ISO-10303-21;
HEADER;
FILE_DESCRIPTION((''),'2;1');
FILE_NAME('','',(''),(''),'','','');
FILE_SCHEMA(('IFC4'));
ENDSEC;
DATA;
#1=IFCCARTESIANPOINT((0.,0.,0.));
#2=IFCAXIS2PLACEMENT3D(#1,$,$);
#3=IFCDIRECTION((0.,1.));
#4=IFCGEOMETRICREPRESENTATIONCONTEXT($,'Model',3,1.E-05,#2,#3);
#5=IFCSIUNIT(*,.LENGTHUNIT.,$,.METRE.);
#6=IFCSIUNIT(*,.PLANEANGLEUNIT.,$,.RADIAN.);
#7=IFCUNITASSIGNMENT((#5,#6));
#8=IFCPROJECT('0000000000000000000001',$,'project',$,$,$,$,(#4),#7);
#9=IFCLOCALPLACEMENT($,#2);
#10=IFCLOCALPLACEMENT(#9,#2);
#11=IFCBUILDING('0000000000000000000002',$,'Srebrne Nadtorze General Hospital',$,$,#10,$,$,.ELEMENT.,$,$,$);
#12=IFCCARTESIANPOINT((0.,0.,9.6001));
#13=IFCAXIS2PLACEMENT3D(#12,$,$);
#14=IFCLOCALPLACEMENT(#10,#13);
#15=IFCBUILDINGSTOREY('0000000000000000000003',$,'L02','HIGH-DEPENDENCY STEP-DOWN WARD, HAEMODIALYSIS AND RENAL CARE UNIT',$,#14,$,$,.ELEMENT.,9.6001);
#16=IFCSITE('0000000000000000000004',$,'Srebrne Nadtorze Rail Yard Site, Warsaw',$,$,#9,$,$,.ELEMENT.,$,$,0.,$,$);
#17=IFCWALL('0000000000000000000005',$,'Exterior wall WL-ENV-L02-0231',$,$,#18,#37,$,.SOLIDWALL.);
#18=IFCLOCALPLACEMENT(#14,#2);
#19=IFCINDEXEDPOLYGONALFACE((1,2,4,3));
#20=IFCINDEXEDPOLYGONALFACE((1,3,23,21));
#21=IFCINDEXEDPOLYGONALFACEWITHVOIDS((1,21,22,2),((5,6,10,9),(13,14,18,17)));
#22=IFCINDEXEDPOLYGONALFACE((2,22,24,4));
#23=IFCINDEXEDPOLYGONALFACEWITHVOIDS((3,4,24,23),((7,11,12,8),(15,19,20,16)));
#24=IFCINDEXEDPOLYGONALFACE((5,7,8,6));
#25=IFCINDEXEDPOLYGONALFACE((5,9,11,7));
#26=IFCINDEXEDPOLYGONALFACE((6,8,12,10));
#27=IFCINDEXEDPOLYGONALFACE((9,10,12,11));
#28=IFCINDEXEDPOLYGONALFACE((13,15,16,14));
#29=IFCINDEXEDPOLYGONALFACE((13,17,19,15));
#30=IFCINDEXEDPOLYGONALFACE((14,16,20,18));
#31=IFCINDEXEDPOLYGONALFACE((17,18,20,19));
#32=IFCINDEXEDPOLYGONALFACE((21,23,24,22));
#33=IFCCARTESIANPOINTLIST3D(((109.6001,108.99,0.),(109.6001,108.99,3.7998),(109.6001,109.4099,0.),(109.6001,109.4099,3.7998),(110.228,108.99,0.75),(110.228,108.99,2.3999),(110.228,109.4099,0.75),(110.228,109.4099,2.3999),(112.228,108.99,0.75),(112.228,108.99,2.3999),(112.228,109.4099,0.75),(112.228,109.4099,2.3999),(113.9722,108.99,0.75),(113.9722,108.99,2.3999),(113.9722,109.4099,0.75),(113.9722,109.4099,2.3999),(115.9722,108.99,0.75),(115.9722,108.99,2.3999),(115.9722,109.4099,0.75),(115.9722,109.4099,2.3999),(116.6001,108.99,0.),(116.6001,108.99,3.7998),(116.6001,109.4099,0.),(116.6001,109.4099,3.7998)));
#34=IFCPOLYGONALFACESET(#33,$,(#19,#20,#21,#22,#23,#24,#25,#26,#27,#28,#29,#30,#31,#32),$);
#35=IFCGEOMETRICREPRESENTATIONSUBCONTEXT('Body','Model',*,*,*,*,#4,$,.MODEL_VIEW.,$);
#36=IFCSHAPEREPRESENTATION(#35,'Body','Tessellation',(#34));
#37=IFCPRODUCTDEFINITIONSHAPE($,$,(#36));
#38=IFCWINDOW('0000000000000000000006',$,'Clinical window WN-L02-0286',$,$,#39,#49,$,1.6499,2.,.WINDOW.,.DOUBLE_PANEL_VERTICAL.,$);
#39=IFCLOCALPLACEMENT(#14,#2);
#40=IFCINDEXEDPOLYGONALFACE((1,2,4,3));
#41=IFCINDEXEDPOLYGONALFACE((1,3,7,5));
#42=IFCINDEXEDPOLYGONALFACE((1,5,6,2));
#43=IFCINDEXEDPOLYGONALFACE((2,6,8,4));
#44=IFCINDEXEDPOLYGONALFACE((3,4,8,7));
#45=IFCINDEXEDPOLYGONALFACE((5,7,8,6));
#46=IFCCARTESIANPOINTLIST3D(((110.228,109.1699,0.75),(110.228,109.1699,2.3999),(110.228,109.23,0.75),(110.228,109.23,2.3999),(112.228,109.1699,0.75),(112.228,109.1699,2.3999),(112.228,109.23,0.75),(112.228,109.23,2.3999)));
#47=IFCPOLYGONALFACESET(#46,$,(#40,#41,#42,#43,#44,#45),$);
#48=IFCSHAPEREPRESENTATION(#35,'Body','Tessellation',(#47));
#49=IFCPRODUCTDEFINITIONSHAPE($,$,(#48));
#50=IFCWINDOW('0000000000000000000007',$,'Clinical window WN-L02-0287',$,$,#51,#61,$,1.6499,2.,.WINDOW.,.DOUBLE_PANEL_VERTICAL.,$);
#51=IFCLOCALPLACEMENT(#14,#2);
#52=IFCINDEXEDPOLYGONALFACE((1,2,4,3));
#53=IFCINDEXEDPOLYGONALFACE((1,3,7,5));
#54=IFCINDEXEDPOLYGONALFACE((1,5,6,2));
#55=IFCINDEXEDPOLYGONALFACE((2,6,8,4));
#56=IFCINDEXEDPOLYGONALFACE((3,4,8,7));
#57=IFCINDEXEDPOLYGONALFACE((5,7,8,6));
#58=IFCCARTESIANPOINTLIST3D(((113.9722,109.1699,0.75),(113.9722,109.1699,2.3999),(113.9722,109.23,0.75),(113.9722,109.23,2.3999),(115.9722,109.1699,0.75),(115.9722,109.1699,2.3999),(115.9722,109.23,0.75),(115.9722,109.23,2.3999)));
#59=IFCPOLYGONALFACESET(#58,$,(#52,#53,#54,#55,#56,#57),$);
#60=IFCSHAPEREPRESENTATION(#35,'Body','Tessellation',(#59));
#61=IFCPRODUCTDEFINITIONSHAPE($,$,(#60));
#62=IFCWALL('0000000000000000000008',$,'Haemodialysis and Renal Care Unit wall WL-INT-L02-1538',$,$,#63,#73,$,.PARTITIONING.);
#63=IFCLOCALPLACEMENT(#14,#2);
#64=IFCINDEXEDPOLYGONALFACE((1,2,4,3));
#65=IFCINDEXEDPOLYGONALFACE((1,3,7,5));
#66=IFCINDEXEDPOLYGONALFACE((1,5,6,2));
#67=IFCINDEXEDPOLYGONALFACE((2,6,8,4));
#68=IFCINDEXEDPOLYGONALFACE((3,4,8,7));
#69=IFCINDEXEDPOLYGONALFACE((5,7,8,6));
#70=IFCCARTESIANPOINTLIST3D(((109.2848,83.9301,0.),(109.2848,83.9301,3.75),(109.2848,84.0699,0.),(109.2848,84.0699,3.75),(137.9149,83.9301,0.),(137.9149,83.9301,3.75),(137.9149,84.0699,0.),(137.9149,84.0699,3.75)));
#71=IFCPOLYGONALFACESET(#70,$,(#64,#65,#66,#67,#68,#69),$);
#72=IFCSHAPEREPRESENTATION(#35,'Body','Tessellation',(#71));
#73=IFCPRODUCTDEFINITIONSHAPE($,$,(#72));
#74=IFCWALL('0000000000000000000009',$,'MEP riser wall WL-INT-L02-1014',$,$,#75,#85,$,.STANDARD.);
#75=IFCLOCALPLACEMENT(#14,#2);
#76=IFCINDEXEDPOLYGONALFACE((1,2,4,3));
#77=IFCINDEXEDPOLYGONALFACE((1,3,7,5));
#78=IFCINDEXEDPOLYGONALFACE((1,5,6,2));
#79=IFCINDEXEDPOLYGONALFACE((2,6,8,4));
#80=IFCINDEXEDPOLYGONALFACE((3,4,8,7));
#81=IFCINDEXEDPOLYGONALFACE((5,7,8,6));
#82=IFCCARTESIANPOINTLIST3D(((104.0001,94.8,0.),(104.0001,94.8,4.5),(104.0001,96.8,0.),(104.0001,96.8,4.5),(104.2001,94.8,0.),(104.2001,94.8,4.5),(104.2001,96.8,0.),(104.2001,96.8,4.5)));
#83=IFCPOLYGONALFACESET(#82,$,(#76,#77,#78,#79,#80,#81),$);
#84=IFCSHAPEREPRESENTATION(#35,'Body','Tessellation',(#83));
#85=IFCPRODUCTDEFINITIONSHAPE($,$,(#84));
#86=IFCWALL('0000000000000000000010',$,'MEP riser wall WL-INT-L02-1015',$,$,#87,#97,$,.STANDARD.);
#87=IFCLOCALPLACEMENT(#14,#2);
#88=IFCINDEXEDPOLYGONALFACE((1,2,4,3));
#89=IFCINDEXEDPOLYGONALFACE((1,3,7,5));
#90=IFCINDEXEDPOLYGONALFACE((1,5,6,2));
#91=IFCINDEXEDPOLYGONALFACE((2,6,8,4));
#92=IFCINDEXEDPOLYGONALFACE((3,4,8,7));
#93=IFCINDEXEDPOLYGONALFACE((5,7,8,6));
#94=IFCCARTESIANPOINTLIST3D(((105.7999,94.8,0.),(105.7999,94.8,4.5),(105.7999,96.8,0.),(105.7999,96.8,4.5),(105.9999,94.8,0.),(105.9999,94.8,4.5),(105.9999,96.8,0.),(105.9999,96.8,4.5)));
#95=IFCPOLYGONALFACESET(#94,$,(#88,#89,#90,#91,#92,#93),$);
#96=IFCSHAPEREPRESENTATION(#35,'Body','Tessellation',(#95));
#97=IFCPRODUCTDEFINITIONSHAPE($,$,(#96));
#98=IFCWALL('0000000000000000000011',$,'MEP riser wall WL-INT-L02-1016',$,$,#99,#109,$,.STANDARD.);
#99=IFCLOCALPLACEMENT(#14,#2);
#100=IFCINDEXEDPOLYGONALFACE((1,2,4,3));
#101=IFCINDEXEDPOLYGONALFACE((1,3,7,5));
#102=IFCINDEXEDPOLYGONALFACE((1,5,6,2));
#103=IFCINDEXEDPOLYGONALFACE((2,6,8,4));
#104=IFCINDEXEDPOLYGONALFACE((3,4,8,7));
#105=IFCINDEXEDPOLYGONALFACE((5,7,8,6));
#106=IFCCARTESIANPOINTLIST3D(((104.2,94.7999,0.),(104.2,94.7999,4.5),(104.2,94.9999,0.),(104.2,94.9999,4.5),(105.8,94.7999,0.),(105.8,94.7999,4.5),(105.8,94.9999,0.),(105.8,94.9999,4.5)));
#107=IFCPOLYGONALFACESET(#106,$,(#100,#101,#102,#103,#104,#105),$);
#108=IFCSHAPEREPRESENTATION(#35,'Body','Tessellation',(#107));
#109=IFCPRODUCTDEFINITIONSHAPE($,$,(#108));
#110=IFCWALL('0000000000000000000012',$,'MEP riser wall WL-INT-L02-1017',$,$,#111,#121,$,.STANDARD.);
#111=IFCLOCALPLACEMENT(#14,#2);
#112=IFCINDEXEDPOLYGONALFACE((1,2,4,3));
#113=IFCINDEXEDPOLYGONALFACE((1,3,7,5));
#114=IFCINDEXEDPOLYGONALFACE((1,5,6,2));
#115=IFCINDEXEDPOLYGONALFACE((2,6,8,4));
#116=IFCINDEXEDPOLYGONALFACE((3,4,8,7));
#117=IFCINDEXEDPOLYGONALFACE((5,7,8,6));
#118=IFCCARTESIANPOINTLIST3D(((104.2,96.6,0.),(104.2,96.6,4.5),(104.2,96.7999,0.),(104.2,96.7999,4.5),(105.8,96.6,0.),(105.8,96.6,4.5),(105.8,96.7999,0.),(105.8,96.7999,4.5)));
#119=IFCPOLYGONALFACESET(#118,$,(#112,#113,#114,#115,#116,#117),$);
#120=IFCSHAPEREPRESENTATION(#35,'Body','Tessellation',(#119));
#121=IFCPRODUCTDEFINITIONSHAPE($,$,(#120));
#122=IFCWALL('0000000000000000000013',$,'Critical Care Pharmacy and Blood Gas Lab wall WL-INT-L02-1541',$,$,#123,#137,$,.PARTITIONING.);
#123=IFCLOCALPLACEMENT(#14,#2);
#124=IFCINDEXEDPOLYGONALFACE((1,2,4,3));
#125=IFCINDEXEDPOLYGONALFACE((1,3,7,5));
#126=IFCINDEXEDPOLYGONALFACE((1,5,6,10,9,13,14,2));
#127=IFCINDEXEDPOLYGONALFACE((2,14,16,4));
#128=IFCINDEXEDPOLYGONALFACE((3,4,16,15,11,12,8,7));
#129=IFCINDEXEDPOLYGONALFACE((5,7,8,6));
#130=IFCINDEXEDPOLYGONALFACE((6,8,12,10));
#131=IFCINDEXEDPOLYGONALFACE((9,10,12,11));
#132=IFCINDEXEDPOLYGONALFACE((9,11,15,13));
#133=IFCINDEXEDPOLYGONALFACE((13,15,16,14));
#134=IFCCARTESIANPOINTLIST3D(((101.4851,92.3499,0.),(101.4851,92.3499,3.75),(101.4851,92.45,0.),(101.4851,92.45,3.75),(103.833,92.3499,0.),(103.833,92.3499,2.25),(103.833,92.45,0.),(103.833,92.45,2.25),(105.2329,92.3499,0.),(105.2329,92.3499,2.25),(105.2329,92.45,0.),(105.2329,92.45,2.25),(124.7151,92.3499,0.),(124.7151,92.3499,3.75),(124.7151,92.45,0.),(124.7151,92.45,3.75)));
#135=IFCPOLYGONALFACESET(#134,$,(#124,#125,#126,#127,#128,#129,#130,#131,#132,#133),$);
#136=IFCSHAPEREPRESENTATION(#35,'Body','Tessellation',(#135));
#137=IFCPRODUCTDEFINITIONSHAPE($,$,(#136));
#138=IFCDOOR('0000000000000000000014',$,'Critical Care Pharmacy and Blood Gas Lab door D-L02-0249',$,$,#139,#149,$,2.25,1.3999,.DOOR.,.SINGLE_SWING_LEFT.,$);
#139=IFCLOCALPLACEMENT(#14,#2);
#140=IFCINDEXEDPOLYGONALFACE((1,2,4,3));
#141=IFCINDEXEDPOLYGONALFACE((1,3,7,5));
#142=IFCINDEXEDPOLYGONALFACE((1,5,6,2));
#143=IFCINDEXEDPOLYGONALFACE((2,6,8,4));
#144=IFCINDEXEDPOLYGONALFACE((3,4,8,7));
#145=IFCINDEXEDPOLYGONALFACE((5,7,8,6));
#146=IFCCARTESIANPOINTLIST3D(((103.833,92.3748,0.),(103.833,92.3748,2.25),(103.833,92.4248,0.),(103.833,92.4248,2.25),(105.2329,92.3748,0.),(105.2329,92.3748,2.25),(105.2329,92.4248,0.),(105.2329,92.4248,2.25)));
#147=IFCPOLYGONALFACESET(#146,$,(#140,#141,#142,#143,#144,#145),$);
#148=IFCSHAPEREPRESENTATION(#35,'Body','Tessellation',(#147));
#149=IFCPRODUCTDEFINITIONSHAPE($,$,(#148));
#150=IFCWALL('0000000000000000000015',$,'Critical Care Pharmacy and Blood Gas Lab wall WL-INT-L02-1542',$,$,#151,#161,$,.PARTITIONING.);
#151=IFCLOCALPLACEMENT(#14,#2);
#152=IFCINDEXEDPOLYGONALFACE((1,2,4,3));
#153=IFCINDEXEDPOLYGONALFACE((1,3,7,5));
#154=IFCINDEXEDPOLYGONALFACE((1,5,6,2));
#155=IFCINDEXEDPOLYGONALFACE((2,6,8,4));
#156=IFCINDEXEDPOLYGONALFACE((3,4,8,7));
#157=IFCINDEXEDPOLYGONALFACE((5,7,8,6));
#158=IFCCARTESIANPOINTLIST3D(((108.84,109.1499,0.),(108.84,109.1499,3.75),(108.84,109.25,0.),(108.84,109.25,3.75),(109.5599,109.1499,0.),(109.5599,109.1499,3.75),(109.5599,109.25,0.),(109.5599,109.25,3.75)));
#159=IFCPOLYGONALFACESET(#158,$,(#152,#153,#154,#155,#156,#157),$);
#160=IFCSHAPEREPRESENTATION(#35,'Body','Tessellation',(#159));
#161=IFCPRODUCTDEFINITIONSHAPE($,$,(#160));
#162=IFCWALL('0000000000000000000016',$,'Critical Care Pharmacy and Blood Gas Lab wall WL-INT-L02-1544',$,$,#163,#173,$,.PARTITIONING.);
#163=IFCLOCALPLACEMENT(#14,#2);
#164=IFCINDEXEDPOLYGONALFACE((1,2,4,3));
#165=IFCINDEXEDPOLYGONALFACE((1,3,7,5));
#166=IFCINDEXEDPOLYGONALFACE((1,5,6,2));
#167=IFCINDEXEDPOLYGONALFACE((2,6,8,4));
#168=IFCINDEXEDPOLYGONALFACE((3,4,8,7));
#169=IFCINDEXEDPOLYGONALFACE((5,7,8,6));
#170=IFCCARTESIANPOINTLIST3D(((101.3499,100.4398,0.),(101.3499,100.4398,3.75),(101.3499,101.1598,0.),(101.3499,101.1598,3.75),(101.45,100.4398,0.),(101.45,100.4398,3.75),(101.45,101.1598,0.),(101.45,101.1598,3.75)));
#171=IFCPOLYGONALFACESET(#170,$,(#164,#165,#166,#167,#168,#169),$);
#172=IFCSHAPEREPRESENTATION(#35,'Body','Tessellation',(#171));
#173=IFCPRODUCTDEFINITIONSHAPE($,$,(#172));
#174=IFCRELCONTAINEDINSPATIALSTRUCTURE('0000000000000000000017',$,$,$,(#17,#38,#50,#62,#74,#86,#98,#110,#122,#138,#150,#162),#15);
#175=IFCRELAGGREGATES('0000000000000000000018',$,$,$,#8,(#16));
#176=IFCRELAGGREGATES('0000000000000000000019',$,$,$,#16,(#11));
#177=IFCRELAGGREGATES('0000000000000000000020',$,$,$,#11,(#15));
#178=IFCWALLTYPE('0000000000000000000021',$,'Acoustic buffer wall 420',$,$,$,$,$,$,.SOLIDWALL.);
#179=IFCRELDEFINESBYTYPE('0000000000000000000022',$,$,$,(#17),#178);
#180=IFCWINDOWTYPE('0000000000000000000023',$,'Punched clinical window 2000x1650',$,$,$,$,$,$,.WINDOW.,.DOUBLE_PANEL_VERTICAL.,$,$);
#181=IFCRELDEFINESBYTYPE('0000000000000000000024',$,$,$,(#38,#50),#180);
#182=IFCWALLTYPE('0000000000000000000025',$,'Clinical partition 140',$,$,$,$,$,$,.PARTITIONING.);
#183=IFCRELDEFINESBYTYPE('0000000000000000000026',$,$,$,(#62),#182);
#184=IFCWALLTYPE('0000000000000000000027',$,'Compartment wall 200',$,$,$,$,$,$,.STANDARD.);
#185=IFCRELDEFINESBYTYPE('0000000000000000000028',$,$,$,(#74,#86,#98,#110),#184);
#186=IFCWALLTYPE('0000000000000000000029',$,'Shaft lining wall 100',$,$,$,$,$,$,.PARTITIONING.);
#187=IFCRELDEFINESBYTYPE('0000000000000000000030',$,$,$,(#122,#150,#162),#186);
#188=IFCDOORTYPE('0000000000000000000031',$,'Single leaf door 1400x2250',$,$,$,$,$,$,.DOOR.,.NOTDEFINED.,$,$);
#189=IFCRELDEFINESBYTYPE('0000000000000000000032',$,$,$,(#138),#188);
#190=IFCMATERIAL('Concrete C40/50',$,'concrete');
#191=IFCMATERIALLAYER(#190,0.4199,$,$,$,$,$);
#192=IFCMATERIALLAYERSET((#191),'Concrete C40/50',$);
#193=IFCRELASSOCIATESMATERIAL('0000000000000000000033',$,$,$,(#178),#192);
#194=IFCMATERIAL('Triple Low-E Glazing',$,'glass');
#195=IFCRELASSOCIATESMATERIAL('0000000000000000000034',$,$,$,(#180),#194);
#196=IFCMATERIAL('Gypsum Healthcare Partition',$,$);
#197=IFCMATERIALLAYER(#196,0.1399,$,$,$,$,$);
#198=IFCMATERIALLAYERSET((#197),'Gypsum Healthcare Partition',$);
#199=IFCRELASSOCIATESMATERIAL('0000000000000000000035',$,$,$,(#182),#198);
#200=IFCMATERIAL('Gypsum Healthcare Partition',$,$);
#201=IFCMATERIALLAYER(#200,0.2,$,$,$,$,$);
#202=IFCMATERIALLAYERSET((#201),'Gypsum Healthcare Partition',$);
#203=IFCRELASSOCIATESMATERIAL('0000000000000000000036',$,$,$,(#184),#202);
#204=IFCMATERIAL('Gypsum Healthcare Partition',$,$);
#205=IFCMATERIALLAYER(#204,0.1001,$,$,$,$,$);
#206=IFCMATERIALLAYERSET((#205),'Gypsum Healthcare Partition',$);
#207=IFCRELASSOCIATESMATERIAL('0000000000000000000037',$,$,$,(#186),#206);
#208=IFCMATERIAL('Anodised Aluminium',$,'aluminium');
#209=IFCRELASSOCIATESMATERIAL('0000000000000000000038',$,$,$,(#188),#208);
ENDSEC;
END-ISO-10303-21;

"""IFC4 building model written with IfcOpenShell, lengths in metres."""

from ifc_helpers import new_model, si_unit, direction, frame, frame_2d, origin, place, context, subcontext, project, spatial, rectangle, extrude, material, layer, layer_set, type_object, element, fill, save


model = new_model("IFC4")

# Units and contexts
model_context = context("Model", 3, precision=1e-05, world=origin(), true_north=direction((0.0, 1.0)))
body_context = subcontext(model_context, "Body", "Model", "MODEL_VIEW")
ifc_project = project(units=[si_unit("LENGTHUNIT", "METRE"), si_unit("PLANEANGLEUNIT", "RADIAN")], contexts=[model_context])

# Site, building, storey
site_placement = place(None, origin())
site = spatial("IfcSite", under=ifc_project, at=site_placement, Name="Srebrne Nadtorze Rail Yard Site, Warsaw", CompositionType="ELEMENT", RefElevation=0.0)
building_placement = place(site_placement, origin())
building = spatial("IfcBuilding", under=site, at=building_placement, Name="Srebrne Nadtorze General Hospital", CompositionType="ELEMENT")
storey_placement = place(building_placement, frame((0.0, 0.0, 9.6001)))
storey = spatial("IfcBuildingStorey", under=building, at=storey_placement, Name="L02", Description="HIGH-DEPENDENCY STEP-DOWN WARD, HAEMODIALYSIS AND RENAL CARE UNIT", CompositionType="ELEMENT", Elevation=9.6001)

# Wall, openings, windows
ifc_material_1 = material(Name="Concrete C40/50", Category="concrete")
ifc_layer_1 = layer(ifc_material_1, 0.4199)
ifc_layer_set_1 = layer_set([ifc_layer_1], Name="Concrete C40/50")
wall_type_1 = type_object("IfcWallType", Name="Acoustic buffer wall 420", PredefinedType="SOLIDWALL", material=ifc_layer_set_1)
wall_1_placement = place(storey_placement, frame((109.6001, 109.2, 0.0), z_axis=(0.0, 0.0, 1.0), x_axis=(1.0, 0.0, 0.0)))
wall_1 = element("IfcWall", 1, at=wall_1_placement, inside=storey, type_object=wall_type_1, Name="Exterior wall WL-ENV-L02-0231", PredefinedType="SOLIDWALL", context=body_context, shape_type="SweptSolid", body=[
    extrude(rectangle(XDim=7.0, YDim=0.4199, at=frame_2d((3.5, 0.0))), origin(), (0.0, 0.0, 1.0), 3.7998),
])
opening_1_placement = place(wall_1_placement, frame((0.6279, 0.0, 0.75)))
opening_1 = element("IfcOpeningElement", 2, at=opening_1_placement, cuts=wall_1, PredefinedType="OPENING", context=body_context, shape_type="SweptSolid", body=[
    extrude(rectangle(XDim=2.0, YDim=1.6499, at=frame_2d((1.0, 0.825))), frame((0.0, 0.2219, 0.0), z_axis=(0.0, -1.0, 0.0), x_axis=(1.0, 0.0, 0.0)), (0.0, 0.0, 1.0), 0.4438),
])
opening_2_placement = place(wall_1_placement, frame((4.3721, 0.0, 0.75)))
opening_2 = element("IfcOpeningElement", 3, at=opening_2_placement, cuts=wall_1, PredefinedType="OPENING", context=body_context, shape_type="SweptSolid", body=[
    extrude(rectangle(XDim=2.0, YDim=1.6499, at=frame_2d((1.0, 0.825))), frame((0.0, 0.2219, 0.0), z_axis=(0.0, -1.0, 0.0), x_axis=(1.0, 0.0, 0.0)), (0.0, 0.0, 1.0), 0.4438),
])
ifc_material_2 = material(Name="Triple Low-E Glazing", Category="glass")
window_type_1 = type_object("IfcWindowType", Name="Punched clinical window 2000x1650", PartitioningType="DOUBLE_PANEL_VERTICAL", PredefinedType="WINDOW", material=ifc_material_2)
window_1_placement = place(opening_1_placement, origin())
window_1 = element("IfcWindow", 4, at=window_1_placement, inside=storey, type_object=window_type_1, Name="Clinical window WN-L02-0286", OverallHeight=1.6499, OverallWidth=2.0, PartitioningType="DOUBLE_PANEL_VERTICAL", PredefinedType="WINDOW", context=body_context, shape_type="SweptSolid", body=[
    extrude(rectangle(XDim=2.0, YDim=1.6499, at=frame_2d((1.0, 0.825))), frame((0.0, 0.03, 0.0), z_axis=(0.0, -1.0, 0.0), x_axis=(1.0, 0.0, 0.0)), (0.0, 0.0, 1.0), 0.0601),
])
fill(opening_1, window_1)
window_2_placement = place(opening_2_placement, origin())
window_2 = element("IfcWindow", 5, at=window_2_placement, inside=storey, type_object=window_type_1, Name="Clinical window WN-L02-0287", OverallHeight=1.6499, OverallWidth=2.0, PartitioningType="DOUBLE_PANEL_VERTICAL", PredefinedType="WINDOW", context=body_context, shape_type="SweptSolid", body=[
    extrude(rectangle(XDim=2.0, YDim=1.6499, at=frame_2d((1.0, 0.825))), frame((0.0, 0.03, 0.0), z_axis=(0.0, -1.0, 0.0), x_axis=(1.0, 0.0, 0.0)), (0.0, 0.0, 1.0), 0.0601),
])
fill(opening_2, window_2)

# Walls
ifc_material_3 = material(Name="Gypsum Healthcare Partition")
ifc_layer_2 = layer(ifc_material_3, 0.1399)
ifc_layer_set_2 = layer_set([ifc_layer_2], Name="Gypsum Healthcare Partition")
wall_type_2 = type_object("IfcWallType", Name="Clinical partition 140", PredefinedType="PARTITIONING", material=ifc_layer_set_2)
wall_2_placement = place(storey_placement, frame((109.2849, 84.0, 0.0), z_axis=(0.0, 0.0, 1.0), x_axis=(1.0, 0.0, 0.0)))
element("IfcWall", 6, at=wall_2_placement, inside=storey, type_object=wall_type_2, Name="Haemodialysis and Renal Care Unit wall WL-INT-L02-1538", PredefinedType="PARTITIONING", context=body_context, shape_type="SweptSolid", body=[
    extrude(rectangle(XDim=28.6301, YDim=0.1399, at=frame_2d((14.3149, 0.0))), origin(), (0.0, 0.0, 1.0), 3.75),
])
ifc_material_4 = material(Name="Gypsum Healthcare Partition")
ifc_layer_3 = layer(ifc_material_4, 0.2)
ifc_layer_set_3 = layer_set([ifc_layer_3], Name="Gypsum Healthcare Partition")
wall_type_3 = type_object("IfcWallType", Name="Compartment wall 200", PredefinedType="STANDARD", material=ifc_layer_set_3)
for number, where, z_axis, x_axis, name in (
    (7, (104.1001, 94.8, 0.0), (0.0, 0.0, 1.0), (0.0, 1.0, 0.0), "MEP riser wall WL-INT-L02-1014"),
    (8, (105.8999, 94.8, 0.0), (0.0, 0.0, 1.0), (0.0, 1.0, 0.0), "MEP riser wall WL-INT-L02-1015"),
):
    element("IfcWall", number, at=place(storey_placement, frame(where, z_axis=z_axis, x_axis=x_axis)), inside=storey, type_object=wall_type_3, Name=name, PredefinedType="STANDARD", context=body_context, shape_type="SweptSolid", body=[
        extrude(rectangle(XDim=2.0, YDim=0.2, at=frame_2d((1.0, 0.0))), origin(), (0.0, 0.0, 1.0), 4.5),
    ])
for number, where, z_axis, x_axis, name in (
    (9, (104.2, 94.8999, 0.0), (0.0, 0.0, 1.0), (1.0, 0.0, 0.0), "MEP riser wall WL-INT-L02-1016"),
    (10, (104.2, 96.7, 0.0), (0.0, 0.0, 1.0), (1.0, 0.0, 0.0), "MEP riser wall WL-INT-L02-1017"),
):
    element("IfcWall", number, at=place(storey_placement, frame(where, z_axis=z_axis, x_axis=x_axis)), inside=storey, type_object=wall_type_3, Name=name, PredefinedType="STANDARD", context=body_context, shape_type="SweptSolid", body=[
        extrude(rectangle(XDim=1.6001, YDim=0.2, at=frame_2d((0.8, 0.0))), origin(), (0.0, 0.0, 1.0), 4.5),
    ])

# Wall, opening, door
ifc_material_5 = material(Name="Gypsum Healthcare Partition")
ifc_layer_4 = layer(ifc_material_5, 0.1001)
ifc_layer_set_4 = layer_set([ifc_layer_4], Name="Gypsum Healthcare Partition")
wall_type_4 = type_object("IfcWallType", Name="Shaft lining wall 100", PredefinedType="PARTITIONING", material=ifc_layer_set_4)
wall_3_placement = place(storey_placement, frame((101.4851, 92.3999, 0.0), z_axis=(0.0, 0.0, 1.0), x_axis=(1.0, 0.0, 0.0)))
wall_3 = element("IfcWall", 11, at=wall_3_placement, inside=storey, type_object=wall_type_4, Name="Critical Care Pharmacy and Blood Gas Lab wall WL-INT-L02-1541", PredefinedType="PARTITIONING", context=body_context, shape_type="SweptSolid", body=[
    extrude(rectangle(XDim=23.23, YDim=0.1001, at=frame_2d((11.615, 0.0))), origin(), (0.0, 0.0, 1.0), 3.75),
])
opening_3_placement = place(wall_3_placement, frame((2.3479, 0.0, 0.0)))
opening_3 = element("IfcOpeningElement", 12, at=opening_3_placement, cuts=wall_3, PredefinedType="OPENING", context=body_context, shape_type="SweptSolid", body=[
    extrude(rectangle(XDim=1.3999, YDim=2.25, at=frame_2d((0.7, 1.125))), frame((0.0, 0.062, 0.0), z_axis=(0.0, -1.0, 0.0), x_axis=(1.0, 0.0, 0.0)), (0.0, 0.0, 1.0), 0.124),
])
ifc_material_6 = material(Name="Anodised Aluminium", Category="aluminium")
door_type = type_object("IfcDoorType", Name="Single leaf door 1400x2250", OperationType="NOTDEFINED", PredefinedType="DOOR", material=ifc_material_6)
door_placement = place(opening_3_placement, origin())
door = element("IfcDoor", 13, at=door_placement, inside=storey, type_object=door_type, Name="Critical Care Pharmacy and Blood Gas Lab door D-L02-0249", OperationType="SINGLE_SWING_LEFT", OverallHeight=2.25, OverallWidth=1.3999, PredefinedType="DOOR", context=body_context, shape_type="SweptSolid", body=[
    extrude(rectangle(XDim=1.3999, YDim=2.25, at=frame_2d((0.7, 1.125))), frame((0.0, 0.0249, 0.0), z_axis=(0.0, -1.0, 0.0), x_axis=(1.0, 0.0, 0.0)), (0.0, 0.0, 1.0), 0.05),
])
fill(opening_3, door)

# Walls
for number, where, z_axis, x_axis, name in (
    (14, (108.8401, 109.2, 0.0), (0.0, 0.0, 1.0), (1.0, 0.0, 0.0), "Critical Care Pharmacy and Blood Gas Lab wall WL-INT-L02-1542"),
    (15, (101.3999, 100.4399, 0.0), (0.0, 0.0, 1.0), (0.0, 1.0, 0.0), "Critical Care Pharmacy and Blood Gas Lab wall WL-INT-L02-1544"),
):
    element("IfcWall", number, at=place(storey_placement, frame(where, z_axis=z_axis, x_axis=x_axis)), inside=storey, type_object=wall_type_4, Name=name, PredefinedType="PARTITIONING", context=body_context, shape_type="SweptSolid", body=[
        extrude(rectangle(XDim=0.72, YDim=0.1001, at=frame_2d((0.3599, 0.0))), origin(), (0.0, 0.0, 1.0), 3.75),
    ])

save(model, "model.ifc")
